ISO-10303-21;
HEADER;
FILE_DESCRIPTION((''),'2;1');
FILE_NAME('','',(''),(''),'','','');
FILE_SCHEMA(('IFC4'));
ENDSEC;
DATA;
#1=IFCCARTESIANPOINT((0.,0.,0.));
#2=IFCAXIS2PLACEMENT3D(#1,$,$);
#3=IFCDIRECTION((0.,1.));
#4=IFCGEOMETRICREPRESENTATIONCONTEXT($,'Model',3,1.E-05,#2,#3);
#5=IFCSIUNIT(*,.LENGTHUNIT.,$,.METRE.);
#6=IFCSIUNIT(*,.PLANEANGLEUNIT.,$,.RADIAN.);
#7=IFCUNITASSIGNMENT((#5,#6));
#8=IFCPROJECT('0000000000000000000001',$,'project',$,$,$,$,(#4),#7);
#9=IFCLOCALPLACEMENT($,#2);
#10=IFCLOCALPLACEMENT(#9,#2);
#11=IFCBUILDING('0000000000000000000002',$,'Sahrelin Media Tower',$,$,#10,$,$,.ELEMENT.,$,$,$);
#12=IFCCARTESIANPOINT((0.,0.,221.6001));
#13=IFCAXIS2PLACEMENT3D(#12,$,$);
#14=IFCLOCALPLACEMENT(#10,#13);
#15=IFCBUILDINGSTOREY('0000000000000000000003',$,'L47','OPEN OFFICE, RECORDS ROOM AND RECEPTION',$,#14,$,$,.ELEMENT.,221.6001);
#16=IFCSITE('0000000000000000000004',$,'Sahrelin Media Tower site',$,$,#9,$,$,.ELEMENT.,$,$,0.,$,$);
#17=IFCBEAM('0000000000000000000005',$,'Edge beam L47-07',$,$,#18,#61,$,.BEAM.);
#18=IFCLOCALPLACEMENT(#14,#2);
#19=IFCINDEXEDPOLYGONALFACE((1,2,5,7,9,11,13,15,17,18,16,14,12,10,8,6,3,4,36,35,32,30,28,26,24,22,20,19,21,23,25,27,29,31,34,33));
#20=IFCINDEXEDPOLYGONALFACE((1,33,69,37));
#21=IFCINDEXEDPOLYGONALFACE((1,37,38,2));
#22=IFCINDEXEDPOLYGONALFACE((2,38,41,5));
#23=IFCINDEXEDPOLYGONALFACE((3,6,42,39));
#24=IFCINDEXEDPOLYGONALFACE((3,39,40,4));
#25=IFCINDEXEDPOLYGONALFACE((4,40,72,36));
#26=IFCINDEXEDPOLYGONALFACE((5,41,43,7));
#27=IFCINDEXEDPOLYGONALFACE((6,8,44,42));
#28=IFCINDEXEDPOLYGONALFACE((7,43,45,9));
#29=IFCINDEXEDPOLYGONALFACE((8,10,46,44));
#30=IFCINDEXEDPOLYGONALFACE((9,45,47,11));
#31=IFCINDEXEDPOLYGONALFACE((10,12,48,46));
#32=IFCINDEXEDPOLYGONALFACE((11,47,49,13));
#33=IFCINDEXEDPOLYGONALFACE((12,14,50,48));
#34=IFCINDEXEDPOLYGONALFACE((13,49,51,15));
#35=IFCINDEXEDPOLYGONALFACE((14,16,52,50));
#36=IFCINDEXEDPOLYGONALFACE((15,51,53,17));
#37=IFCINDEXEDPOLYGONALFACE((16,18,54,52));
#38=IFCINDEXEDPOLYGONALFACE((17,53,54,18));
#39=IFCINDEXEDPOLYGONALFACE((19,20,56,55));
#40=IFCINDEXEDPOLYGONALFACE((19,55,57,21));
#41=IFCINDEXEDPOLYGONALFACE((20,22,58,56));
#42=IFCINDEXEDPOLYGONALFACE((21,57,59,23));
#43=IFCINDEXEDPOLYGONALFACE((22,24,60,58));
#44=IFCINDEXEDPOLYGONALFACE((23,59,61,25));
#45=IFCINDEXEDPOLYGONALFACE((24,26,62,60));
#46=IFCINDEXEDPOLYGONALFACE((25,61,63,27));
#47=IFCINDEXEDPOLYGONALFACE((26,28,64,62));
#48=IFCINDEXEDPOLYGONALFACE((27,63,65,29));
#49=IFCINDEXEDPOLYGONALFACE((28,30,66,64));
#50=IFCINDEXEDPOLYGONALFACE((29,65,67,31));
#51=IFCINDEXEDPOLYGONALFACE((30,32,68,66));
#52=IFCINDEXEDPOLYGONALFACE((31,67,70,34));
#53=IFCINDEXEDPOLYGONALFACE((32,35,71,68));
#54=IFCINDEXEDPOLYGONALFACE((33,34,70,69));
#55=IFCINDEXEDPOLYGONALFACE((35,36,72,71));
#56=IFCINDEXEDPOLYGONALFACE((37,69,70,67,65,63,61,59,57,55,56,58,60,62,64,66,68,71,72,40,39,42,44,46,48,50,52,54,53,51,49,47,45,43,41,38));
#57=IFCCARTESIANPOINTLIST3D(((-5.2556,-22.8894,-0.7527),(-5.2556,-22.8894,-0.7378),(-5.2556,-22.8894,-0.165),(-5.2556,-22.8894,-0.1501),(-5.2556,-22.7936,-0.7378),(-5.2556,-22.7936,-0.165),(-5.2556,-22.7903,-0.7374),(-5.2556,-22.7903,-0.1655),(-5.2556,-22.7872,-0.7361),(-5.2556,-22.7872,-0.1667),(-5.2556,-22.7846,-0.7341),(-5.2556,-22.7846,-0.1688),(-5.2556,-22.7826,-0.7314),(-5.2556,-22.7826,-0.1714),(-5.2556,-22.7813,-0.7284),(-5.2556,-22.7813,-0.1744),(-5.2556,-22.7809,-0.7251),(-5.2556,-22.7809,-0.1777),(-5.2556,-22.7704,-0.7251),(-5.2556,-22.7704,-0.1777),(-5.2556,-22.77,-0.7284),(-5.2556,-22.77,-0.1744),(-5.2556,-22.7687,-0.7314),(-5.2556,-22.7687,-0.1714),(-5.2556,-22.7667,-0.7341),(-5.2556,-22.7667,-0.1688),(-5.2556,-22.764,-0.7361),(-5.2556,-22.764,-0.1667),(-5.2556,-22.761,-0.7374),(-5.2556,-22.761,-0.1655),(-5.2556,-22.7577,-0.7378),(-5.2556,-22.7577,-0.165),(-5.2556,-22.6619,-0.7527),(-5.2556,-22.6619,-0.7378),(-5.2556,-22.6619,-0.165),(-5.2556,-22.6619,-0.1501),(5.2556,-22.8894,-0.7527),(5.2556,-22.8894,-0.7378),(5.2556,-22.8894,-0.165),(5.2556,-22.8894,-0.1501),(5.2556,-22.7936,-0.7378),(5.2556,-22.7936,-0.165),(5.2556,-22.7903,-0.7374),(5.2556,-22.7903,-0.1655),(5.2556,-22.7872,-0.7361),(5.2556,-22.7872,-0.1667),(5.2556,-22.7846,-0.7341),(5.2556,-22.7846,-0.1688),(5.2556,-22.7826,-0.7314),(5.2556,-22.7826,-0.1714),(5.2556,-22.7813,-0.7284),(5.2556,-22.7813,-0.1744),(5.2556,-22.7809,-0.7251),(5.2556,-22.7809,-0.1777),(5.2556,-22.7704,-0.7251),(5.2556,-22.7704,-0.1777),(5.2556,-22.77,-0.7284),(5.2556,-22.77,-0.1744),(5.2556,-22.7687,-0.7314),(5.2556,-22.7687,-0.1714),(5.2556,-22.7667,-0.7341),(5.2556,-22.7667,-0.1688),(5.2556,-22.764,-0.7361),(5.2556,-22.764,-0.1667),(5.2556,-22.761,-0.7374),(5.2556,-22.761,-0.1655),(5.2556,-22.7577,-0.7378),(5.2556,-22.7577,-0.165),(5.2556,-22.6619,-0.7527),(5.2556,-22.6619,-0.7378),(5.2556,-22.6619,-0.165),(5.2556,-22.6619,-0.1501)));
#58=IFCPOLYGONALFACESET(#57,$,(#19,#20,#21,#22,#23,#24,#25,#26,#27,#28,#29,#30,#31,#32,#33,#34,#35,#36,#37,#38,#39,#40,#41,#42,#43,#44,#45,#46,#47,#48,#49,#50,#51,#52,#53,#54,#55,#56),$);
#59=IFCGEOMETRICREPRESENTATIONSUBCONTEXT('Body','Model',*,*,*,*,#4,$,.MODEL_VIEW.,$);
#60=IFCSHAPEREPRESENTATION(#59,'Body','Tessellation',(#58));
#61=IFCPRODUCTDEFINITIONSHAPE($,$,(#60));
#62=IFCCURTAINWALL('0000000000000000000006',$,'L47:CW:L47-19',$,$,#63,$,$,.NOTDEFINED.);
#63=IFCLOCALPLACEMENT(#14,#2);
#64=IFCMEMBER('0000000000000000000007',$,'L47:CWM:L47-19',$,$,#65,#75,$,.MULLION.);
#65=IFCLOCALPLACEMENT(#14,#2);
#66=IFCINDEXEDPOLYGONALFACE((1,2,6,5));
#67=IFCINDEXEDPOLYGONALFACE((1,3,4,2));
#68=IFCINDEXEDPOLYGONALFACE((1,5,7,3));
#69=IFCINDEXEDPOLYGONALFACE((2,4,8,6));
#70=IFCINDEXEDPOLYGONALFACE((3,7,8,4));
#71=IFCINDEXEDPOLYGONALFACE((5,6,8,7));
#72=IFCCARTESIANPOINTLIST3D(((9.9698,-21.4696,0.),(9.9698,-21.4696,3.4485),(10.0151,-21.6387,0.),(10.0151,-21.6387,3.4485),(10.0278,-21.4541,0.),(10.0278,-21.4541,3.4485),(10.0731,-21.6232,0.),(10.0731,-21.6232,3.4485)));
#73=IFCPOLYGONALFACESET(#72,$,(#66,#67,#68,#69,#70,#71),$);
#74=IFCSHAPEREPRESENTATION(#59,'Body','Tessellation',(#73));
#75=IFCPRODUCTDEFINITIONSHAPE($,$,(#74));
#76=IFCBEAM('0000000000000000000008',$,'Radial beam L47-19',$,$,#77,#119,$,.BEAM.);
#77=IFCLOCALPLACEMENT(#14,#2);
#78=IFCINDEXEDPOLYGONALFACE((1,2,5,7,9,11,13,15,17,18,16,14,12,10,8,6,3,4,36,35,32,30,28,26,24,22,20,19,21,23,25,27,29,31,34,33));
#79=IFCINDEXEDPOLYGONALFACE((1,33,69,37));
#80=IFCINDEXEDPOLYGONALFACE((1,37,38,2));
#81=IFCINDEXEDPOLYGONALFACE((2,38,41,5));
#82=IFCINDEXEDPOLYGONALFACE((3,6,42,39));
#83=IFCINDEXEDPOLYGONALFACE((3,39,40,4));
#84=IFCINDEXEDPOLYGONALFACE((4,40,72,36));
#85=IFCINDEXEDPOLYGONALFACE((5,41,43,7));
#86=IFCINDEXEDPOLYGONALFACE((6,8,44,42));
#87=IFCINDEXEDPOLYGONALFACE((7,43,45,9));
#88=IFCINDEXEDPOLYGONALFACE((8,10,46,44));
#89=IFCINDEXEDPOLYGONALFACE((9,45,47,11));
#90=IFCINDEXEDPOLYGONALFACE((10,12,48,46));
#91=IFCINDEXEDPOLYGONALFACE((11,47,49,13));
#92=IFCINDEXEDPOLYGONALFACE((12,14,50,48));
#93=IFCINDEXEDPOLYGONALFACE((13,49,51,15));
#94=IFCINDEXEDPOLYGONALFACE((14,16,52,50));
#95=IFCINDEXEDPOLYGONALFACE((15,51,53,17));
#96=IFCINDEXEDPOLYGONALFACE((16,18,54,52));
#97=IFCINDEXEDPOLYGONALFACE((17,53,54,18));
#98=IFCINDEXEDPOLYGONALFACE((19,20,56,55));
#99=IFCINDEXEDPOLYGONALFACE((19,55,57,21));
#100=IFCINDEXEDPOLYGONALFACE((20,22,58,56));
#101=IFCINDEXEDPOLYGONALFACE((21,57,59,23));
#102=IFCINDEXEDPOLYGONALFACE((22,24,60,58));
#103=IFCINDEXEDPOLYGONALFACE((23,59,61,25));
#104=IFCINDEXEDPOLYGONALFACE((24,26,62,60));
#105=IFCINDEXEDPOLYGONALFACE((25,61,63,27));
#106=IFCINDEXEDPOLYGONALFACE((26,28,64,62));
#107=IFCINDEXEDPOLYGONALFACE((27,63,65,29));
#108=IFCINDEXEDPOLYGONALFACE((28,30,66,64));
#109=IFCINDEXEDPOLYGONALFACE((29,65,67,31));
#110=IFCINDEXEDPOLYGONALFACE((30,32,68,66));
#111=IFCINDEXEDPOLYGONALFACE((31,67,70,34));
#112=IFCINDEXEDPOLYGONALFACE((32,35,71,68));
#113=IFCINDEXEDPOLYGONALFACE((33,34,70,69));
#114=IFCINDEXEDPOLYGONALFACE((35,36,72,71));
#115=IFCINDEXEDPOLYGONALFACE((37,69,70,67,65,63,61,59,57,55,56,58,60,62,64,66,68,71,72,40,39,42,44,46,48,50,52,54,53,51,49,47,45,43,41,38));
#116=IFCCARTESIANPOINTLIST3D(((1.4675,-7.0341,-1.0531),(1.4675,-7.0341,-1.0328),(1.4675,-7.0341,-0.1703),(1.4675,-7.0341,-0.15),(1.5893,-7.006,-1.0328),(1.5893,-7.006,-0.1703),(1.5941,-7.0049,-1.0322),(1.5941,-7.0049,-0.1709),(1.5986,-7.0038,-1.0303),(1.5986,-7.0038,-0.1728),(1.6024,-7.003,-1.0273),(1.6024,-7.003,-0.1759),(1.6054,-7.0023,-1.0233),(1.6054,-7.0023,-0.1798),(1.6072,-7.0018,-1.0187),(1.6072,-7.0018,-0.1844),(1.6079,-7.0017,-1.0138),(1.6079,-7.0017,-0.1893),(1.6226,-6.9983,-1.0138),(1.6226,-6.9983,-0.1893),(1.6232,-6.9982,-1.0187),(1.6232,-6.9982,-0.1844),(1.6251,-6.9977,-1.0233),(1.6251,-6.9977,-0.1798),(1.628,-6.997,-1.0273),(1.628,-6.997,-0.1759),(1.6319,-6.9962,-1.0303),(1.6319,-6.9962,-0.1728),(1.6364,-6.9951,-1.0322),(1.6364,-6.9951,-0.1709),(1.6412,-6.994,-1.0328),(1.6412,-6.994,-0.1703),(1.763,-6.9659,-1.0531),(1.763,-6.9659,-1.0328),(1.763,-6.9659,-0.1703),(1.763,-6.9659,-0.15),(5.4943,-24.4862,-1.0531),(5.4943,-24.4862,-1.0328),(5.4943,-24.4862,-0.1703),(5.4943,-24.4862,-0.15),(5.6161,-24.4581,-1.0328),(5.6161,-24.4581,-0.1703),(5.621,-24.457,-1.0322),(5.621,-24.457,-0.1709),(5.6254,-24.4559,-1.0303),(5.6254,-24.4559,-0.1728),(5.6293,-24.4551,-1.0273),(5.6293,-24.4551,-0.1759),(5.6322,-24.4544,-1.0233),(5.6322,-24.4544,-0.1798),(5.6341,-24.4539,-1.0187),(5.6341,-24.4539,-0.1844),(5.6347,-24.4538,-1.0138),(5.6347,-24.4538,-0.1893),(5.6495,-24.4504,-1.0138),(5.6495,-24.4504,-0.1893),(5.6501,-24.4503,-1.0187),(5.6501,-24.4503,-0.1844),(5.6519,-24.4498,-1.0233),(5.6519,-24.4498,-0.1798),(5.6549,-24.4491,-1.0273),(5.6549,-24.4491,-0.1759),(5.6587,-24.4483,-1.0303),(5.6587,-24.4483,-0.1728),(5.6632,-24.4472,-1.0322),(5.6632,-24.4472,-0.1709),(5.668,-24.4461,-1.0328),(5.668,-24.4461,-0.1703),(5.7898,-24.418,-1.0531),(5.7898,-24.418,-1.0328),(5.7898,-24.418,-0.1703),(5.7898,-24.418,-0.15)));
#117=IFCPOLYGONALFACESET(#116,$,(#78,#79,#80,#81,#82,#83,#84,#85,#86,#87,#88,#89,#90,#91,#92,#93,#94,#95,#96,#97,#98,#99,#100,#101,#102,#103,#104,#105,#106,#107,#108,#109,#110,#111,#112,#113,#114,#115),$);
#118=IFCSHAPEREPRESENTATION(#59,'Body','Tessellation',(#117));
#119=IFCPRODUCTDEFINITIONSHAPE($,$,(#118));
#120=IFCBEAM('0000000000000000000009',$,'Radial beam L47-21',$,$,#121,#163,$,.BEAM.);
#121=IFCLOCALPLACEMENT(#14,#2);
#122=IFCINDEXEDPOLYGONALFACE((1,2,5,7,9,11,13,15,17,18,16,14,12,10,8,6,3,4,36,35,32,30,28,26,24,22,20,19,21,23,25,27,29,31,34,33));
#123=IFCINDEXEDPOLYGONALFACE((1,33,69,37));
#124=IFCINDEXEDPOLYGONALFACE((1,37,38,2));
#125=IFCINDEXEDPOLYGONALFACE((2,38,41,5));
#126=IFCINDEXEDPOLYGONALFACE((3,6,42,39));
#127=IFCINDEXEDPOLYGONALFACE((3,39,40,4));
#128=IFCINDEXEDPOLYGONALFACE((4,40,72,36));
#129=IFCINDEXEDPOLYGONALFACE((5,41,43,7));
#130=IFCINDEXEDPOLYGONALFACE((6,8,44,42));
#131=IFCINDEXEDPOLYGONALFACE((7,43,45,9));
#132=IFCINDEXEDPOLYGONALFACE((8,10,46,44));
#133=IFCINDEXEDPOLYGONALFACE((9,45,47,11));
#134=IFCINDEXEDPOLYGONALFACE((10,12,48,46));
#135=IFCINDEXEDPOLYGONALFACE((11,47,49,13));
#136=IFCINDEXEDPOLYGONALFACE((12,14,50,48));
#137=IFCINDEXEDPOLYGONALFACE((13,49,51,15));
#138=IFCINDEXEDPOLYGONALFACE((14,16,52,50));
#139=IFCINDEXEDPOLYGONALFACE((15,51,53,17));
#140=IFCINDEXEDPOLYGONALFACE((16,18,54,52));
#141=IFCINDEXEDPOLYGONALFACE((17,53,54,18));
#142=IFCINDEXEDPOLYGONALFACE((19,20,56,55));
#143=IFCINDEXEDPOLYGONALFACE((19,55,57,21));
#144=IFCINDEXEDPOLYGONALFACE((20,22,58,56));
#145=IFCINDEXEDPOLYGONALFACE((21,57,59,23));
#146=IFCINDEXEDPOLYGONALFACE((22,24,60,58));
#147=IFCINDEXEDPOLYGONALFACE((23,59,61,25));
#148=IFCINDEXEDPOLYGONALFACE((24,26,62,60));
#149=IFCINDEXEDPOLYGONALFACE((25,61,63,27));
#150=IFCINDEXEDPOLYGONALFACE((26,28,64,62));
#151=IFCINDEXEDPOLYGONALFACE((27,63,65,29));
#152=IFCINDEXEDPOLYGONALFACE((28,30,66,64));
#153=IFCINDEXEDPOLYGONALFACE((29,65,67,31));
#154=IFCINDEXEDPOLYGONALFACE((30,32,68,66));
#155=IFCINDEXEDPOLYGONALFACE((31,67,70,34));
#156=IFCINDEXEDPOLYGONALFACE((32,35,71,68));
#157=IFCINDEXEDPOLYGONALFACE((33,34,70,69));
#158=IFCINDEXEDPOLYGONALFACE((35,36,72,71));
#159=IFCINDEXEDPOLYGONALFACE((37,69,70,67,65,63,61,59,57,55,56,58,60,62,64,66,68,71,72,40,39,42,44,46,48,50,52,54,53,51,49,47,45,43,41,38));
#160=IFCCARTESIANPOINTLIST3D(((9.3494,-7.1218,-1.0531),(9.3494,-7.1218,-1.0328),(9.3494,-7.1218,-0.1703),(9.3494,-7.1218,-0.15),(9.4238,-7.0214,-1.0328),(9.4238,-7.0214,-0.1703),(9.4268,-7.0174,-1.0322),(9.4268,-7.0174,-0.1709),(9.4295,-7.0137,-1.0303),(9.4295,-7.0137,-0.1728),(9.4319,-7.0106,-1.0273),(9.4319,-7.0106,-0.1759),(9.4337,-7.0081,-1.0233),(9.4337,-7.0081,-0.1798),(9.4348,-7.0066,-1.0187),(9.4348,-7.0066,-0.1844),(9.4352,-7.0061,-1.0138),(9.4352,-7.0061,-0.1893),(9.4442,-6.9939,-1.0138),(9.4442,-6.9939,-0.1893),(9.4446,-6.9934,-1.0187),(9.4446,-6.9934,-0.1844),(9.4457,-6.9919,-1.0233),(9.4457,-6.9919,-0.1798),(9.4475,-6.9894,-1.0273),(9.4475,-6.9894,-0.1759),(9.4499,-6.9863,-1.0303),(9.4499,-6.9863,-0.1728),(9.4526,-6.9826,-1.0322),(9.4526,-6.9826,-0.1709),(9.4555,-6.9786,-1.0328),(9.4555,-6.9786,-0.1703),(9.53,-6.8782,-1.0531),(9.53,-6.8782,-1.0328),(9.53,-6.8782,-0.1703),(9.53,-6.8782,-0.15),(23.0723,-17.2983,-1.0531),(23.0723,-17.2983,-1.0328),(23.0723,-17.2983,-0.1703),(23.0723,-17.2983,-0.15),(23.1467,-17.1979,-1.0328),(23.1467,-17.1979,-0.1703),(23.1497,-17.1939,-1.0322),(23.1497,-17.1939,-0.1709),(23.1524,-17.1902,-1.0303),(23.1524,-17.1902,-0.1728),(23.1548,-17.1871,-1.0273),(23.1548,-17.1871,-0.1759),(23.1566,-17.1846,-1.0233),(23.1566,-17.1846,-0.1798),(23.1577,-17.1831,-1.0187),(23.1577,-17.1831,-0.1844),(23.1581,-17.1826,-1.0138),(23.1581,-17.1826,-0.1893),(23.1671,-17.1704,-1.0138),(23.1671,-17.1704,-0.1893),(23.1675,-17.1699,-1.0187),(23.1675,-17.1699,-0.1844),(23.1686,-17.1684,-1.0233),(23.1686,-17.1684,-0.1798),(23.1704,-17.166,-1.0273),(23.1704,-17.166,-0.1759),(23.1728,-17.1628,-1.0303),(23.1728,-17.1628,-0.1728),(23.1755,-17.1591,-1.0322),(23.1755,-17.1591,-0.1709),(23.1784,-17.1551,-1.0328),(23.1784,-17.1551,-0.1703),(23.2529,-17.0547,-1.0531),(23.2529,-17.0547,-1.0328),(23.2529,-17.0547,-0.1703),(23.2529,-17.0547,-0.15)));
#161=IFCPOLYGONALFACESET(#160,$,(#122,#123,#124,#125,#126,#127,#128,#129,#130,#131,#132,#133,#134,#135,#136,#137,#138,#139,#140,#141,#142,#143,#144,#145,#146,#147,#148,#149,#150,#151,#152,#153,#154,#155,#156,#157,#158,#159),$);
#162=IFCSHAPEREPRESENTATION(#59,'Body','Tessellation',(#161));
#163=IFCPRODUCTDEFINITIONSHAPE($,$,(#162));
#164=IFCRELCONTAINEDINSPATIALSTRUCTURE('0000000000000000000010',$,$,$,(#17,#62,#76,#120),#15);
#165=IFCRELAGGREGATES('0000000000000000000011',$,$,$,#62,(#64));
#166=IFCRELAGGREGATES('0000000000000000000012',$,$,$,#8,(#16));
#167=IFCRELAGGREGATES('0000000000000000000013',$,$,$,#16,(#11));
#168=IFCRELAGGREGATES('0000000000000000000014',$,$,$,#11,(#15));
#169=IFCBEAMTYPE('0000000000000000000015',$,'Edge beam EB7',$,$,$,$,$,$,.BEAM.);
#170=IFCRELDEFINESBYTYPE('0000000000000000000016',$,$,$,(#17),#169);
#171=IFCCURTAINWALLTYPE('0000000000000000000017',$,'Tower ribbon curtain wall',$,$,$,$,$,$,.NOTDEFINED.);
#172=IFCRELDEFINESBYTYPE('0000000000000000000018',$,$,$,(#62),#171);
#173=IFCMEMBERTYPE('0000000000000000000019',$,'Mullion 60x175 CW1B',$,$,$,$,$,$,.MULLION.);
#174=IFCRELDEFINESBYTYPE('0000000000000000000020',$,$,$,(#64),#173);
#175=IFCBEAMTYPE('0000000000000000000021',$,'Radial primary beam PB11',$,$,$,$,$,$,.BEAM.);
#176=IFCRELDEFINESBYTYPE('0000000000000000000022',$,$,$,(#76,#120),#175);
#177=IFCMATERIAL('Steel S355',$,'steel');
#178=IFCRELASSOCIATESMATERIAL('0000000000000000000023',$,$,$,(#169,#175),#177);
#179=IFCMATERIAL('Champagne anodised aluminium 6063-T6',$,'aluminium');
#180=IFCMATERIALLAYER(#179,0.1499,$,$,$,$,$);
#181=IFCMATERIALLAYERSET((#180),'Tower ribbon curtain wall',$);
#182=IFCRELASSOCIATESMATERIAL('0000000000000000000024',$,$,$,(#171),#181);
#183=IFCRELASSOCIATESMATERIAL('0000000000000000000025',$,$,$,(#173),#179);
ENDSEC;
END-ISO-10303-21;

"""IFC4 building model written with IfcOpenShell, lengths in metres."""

from ifc_helpers import new_model, si_unit, direction, frame, origin, origin_2d, place, context, subcontext, project, spatial, rectangle, i_section, extrude, material, layer, layer_set, material_profile, profile_set, type_object, element, aggregate, save


model = new_model("IFC4")

# Units and contexts
model_context = context("Model", 3, precision=1e-05, world=origin(), true_north=direction((0.0, 1.0)))
body_context = subcontext(model_context, "Body", "Model", "MODEL_VIEW")
ifc_project = project(units=[si_unit("LENGTHUNIT", "METRE"), si_unit("PLANEANGLEUNIT", "RADIAN")], contexts=[model_context])

# Site, building, storey
site_placement = place(None, origin())
site = spatial("IfcSite", under=ifc_project, at=site_placement, Name="Sahrelin Media Tower site", CompositionType="ELEMENT", RefElevation=0.0)
building_placement = place(site_placement, origin())
building = spatial("IfcBuilding", under=site, at=building_placement, Name="Sahrelin Media Tower", CompositionType="ELEMENT")
storey_placement = place(building_placement, frame((0.0, 0.0, 221.6001)))
storey = spatial("IfcBuildingStorey", under=building, at=storey_placement, Name="L47", Description="OPEN OFFICE, RECORDS ROOM AND RECEPTION", CompositionType="ELEMENT", Elevation=221.6001)

# Beam
ifc_material_1 = material(Name="Steel S355", Category="steel")
ifc_material_profile_1 = material_profile(ifc_material_1, i_section(OverallWidth=0.2275, OverallDepth=0.6025, WebThickness=0.0105, FlangeThickness=0.0149, FilletRadius=0.0127, at=origin_2d()), Name="UB 610x229x101")
ifc_profile_set_1 = profile_set([ifc_material_profile_1], Name="Steel S355")
beam_type_1 = type_object("IfcBeamType", Name="Edge beam EB7", PredefinedType="BEAM", material=ifc_profile_set_1)
beam_1_placement = place(storey_placement, frame((5.2556, -22.7756, -0.4514), z_axis=(-1.0, 0.0, 0.0), x_axis=(0.0, -1.0, 0.0)))
element("IfcBeam", 1, at=beam_1_placement, inside=storey, type_object=beam_type_1, Name="Edge beam L47-07", PredefinedType="BEAM", context=body_context, shape_type="SweptSolid", body=[
    extrude(i_section(OverallWidth=0.2275, OverallDepth=0.6025, WebThickness=0.0105, FlangeThickness=0.0149, FilletRadius=0.0127, at=origin_2d()), origin(), (0.0, 0.0, 1.0), 10.5112),
])

# Curtain wall, member
ifc_material_2 = material(Name="Champagne anodised aluminium 6063-T6", Category="aluminium")
ifc_layer_1 = layer(ifc_material_2, 0.1499)
ifc_layer_set_1 = layer_set([ifc_layer_1], Name="Tower ribbon curtain wall")
curtain_wall_type = type_object("IfcCurtainWallType", Name="Tower ribbon curtain wall", PredefinedType="NOTDEFINED", material=ifc_layer_set_1)
curtain_wall_placement = place(storey_placement, frame((10.0493, -21.6504, 0.0), z_axis=(0.0, 0.0, 1.0), x_axis=(1.0, 0.0, 0.0)))
curtain_wall = element("IfcCurtainWall", 2, at=curtain_wall_placement, inside=storey, type_object=curtain_wall_type, Name="L47:CW:L47-19", PredefinedType="NOTDEFINED")
ifc_material_profile_2 = material_profile(ifc_material_2, rectangle(XDim=0.0601, YDim=0.175, at=origin_2d()), Name="Mullion 60x175")
ifc_profile_set_2 = profile_set([ifc_material_profile_2], Name="Champagne anodised aluminium 6063-T6")
member_type_1 = type_object("IfcMemberType", Name="Mullion 60x175 CW1B", PredefinedType="MULLION", material=ifc_profile_set_2)
member_1_placement = place(storey_placement, frame((10.0215, -21.5464, 0.0), z_axis=(0.0, 0.0, 1.0), x_axis=(0.965924, 0.258824, 0.0)))
member_1 = element("IfcMember", 3, at=member_1_placement, type_object=member_type_1, Name="L47:CWM:L47-19", PredefinedType="MULLION", context=body_context, shape_type="SweptSolid", body=[
    extrude(rectangle(XDim=0.0601, YDim=0.175, at=origin_2d()), origin(), (0.0, 0.0, 1.0), 3.4485),
])

# Beams
ifc_material_profile_3 = material_profile(ifc_material_1, i_section(OverallWidth=0.3032, OverallDepth=0.9031, WebThickness=0.0151, FlangeThickness=0.0203, FilletRadius=0.019, at=origin_2d()), Name="UB 914x305x201")
ifc_profile_set_3 = profile_set([ifc_material_profile_3], Name="Steel S355")
beam_type_2 = type_object("IfcBeamType", Name="Radial primary beam PB11", PredefinedType="BEAM", material=ifc_profile_set_3)
beam_2_placement = place(storey_placement, frame((1.6152, -7.0, -0.6016), z_axis=(0.22483, -0.974398, 0.0), x_axis=(0.974398, 0.22483, 0.0)))
element("IfcBeam", 4, at=beam_2_placement, inside=storey, type_object=beam_type_2, Name="Radial beam L47-19", PredefinedType="BEAM", context=body_context, shape_type="SweptSolid", body=[
    extrude(i_section(OverallWidth=0.3032, OverallDepth=0.9031, WebThickness=0.0151, FlangeThickness=0.0203, FilletRadius=0.019, at=origin_2d()), origin(), (0.0, 0.0, 1.0), 17.9106),
])
beam_3_placement = place(storey_placement, frame((9.4397, -7.0, -0.6016), z_axis=(0.803238, -0.595658, 0.0), x_axis=(0.595658, 0.803238, 0.0)))
element("IfcBeam", 5, at=beam_3_placement, inside=storey, type_object=beam_type_2, Name="Radial beam L47-21", PredefinedType="BEAM", context=body_context, shape_type="SweptSolid", body=[
    extrude(i_section(OverallWidth=0.3032, OverallDepth=0.9031, WebThickness=0.0151, FlangeThickness=0.0203, FilletRadius=0.019, at=origin_2d()), origin(), (0.0, 0.0, 1.0), 17.0845),
])

aggregate(curtain_wall, [member_1])

save(model, "model.ifc")
